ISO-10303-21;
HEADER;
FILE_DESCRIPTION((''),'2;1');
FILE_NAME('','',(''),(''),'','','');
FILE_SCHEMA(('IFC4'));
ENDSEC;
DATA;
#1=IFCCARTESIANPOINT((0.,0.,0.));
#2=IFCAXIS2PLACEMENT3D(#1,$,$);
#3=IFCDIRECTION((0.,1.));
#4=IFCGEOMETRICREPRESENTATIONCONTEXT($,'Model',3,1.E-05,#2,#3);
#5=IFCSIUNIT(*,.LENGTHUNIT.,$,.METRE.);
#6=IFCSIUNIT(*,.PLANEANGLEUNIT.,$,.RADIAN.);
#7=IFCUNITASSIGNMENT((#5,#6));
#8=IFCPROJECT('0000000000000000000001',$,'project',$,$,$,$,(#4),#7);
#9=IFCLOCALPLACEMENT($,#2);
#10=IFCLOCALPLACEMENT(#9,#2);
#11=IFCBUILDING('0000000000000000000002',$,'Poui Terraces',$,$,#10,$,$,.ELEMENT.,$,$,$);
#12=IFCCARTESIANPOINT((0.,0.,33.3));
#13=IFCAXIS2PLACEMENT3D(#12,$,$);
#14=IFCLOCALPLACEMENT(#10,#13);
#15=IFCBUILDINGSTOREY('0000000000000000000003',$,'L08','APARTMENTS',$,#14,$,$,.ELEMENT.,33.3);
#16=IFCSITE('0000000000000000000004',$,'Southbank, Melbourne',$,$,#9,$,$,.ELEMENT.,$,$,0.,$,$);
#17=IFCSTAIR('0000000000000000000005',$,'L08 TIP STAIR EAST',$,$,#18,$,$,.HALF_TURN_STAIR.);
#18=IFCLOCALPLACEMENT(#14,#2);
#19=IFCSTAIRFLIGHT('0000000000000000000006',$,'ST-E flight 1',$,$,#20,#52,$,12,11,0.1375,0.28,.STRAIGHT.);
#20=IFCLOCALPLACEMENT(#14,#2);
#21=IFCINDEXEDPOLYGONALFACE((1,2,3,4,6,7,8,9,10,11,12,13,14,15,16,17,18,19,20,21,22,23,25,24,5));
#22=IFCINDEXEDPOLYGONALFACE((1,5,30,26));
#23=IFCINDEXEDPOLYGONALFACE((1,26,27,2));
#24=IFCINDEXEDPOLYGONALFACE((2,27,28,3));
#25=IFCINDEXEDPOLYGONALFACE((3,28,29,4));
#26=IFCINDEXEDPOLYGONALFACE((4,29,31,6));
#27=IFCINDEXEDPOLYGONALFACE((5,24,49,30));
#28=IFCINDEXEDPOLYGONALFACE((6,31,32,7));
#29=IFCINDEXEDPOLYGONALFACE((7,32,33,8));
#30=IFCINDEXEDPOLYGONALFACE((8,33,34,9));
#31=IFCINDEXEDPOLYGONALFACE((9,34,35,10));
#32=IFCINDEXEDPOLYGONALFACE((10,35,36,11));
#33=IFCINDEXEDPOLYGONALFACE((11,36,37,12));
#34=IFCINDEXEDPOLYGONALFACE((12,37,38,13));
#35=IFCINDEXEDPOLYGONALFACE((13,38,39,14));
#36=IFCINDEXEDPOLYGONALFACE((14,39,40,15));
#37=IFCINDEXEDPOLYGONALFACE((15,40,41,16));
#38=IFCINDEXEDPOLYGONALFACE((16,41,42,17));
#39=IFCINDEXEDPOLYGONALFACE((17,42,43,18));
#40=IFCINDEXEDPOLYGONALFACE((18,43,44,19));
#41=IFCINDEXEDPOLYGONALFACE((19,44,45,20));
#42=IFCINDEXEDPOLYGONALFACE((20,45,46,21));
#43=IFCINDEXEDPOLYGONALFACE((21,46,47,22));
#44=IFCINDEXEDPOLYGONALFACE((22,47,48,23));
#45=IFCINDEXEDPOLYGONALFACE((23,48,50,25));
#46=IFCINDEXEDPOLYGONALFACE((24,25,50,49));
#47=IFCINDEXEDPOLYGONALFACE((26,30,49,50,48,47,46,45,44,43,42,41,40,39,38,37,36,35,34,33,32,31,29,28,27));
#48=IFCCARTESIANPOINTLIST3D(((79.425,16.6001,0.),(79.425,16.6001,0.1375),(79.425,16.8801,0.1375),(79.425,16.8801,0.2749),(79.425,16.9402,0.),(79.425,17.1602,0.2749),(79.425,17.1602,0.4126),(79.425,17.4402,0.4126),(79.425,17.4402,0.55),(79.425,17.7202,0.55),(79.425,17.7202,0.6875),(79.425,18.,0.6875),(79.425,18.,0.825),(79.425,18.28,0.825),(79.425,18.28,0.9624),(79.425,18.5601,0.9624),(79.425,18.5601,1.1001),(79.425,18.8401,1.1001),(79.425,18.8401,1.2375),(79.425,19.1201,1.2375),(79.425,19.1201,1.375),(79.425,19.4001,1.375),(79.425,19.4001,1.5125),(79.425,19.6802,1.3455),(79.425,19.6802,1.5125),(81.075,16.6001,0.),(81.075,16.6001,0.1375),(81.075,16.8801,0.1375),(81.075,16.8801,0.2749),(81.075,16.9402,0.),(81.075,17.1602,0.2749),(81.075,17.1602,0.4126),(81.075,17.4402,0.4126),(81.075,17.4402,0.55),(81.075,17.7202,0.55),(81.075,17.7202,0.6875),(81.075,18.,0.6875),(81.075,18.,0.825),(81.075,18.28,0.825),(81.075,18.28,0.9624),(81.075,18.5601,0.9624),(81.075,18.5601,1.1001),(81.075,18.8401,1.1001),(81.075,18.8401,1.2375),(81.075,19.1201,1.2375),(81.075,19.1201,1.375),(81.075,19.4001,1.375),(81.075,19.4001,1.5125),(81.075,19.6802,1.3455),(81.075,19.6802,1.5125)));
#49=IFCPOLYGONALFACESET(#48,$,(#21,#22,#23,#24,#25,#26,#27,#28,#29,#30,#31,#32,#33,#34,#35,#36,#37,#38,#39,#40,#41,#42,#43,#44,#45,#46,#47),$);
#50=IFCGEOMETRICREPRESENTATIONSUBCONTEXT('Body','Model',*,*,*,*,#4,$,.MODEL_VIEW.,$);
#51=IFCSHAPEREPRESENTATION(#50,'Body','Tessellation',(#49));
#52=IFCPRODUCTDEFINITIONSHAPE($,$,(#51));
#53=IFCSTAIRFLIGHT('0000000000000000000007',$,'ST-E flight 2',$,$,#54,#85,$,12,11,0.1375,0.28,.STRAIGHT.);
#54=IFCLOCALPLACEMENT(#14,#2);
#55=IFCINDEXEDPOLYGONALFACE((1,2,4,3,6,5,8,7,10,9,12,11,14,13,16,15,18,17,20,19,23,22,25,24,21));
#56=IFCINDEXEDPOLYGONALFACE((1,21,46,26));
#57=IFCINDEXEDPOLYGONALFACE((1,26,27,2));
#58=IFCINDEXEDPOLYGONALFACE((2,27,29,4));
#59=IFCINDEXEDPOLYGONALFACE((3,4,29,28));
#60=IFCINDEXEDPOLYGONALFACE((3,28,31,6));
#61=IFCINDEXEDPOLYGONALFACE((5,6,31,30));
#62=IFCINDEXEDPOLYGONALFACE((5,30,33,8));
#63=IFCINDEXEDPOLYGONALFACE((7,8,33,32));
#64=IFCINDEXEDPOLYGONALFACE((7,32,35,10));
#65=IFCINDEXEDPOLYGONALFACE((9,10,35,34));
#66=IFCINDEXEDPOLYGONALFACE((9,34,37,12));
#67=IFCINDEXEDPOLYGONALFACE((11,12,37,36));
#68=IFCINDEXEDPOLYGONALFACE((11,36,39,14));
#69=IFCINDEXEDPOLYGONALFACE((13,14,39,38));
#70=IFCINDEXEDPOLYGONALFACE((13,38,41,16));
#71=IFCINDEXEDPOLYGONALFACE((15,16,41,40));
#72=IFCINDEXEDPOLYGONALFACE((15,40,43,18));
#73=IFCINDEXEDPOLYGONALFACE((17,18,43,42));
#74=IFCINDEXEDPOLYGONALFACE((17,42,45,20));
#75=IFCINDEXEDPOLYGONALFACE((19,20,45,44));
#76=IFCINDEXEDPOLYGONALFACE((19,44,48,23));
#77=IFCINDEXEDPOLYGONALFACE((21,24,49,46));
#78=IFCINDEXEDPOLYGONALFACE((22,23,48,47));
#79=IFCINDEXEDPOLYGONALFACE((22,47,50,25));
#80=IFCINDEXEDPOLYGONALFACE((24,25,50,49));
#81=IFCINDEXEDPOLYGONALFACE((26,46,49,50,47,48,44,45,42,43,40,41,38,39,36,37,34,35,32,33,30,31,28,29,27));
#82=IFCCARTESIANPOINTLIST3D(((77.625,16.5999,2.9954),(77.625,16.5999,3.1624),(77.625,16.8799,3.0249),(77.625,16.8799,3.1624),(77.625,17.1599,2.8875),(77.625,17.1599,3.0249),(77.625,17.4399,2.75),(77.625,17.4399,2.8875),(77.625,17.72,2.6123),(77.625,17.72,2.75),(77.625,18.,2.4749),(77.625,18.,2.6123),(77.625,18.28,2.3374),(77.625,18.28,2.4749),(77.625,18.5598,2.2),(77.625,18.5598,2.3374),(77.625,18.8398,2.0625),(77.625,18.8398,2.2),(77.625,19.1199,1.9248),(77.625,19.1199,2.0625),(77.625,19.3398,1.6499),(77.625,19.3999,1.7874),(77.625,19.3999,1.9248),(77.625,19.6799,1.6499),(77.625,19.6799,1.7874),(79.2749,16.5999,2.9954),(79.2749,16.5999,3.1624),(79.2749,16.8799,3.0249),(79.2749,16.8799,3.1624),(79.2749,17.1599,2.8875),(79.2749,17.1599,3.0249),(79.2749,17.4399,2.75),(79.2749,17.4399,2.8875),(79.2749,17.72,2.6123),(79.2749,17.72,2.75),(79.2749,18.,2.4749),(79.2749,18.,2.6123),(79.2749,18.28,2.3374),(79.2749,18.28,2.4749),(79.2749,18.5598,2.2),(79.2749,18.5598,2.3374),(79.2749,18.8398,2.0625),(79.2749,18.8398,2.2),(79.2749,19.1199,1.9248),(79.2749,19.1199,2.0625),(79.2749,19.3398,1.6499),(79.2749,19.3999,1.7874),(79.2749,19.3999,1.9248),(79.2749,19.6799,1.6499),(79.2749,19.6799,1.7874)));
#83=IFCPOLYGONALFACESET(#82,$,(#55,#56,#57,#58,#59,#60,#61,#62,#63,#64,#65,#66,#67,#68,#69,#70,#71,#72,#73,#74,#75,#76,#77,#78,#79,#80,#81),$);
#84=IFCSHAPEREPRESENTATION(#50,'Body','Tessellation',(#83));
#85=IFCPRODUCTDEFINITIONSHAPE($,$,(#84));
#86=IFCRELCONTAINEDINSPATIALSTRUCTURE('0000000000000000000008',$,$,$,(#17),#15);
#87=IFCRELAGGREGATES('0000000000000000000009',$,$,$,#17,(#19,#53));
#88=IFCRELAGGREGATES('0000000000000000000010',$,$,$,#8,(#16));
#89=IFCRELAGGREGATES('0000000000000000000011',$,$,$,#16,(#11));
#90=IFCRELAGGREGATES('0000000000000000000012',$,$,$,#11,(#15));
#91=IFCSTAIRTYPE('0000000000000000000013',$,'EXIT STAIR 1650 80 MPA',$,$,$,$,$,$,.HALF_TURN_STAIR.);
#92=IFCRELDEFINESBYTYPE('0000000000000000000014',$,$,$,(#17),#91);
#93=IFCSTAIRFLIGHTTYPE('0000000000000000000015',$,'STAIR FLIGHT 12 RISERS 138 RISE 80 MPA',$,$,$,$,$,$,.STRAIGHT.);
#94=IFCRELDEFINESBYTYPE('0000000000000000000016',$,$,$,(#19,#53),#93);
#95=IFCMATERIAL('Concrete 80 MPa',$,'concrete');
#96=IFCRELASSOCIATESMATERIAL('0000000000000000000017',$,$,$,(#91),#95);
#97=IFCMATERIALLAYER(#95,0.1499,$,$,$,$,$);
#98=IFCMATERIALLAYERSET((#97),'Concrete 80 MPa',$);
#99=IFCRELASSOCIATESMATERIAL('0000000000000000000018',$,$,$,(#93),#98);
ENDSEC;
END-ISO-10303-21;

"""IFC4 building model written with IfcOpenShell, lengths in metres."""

from ifc_helpers import new_model, si_unit, direction, frame, origin, place, context, subcontext, project, spatial, polyline, outline, extrude, material, layer, layer_set, type_object, element, aggregate, save


model = new_model("IFC4")

# Units and contexts
model_context = context("Model", 3, precision=1e-05, world=origin(), true_north=direction((0.0, 1.0)))
body_context = subcontext(model_context, "Body", "Model", "MODEL_VIEW")
ifc_project = project(units=[si_unit("LENGTHUNIT", "METRE"), si_unit("PLANEANGLEUNIT", "RADIAN")], contexts=[model_context])

# Site, building, storey
site_placement = place(None, origin())
site = spatial("IfcSite", under=ifc_project, at=site_placement, Name="Southbank, Melbourne", CompositionType="ELEMENT", RefElevation=0.0)
building_placement = place(site_placement, origin())
building = spatial("IfcBuilding", under=site, at=building_placement, Name="Poui Terraces", CompositionType="ELEMENT")
storey_placement = place(building_placement, frame((0.0, 0.0, 33.3)))
storey = spatial("IfcBuildingStorey", under=building, at=storey_placement, Name="L08", Description="APARTMENTS", CompositionType="ELEMENT", Elevation=33.3)

# Shared definitions
ifc_material_1 = material(Name="Concrete 80 MPa", Category="concrete")

# Stair, stair flights
stair_type = type_object("IfcStairType", Name="EXIT STAIR 1650 80 MPA", PredefinedType="HALF_TURN_STAIR", material=ifc_material_1)
stair_placement = place(storey_placement, origin())
stair = element("IfcStair", 1, at=stair_placement, inside=storey, type_object=stair_type, Name="L08 TIP STAIR EAST", PredefinedType="HALF_TURN_STAIR")
ifc_layer_1 = layer(ifc_material_1, 0.1499)
ifc_layer_set_1 = layer_set([ifc_layer_1], Name="Concrete 80 MPa")
stair_flight_type = type_object("IfcStairFlightType", Name="STAIR FLIGHT 12 RISERS 138 RISE 80 MPA", PredefinedType="STRAIGHT", material=ifc_layer_set_1)
stair_flight_1_placement = place(storey_placement, frame((80.25, 16.6001, 0.0), z_axis=(0.0, 0.0, 1.0), x_axis=(0.0, 1.0, 0.0)))
stair_flight_1 = element("IfcStairFlight", 2, at=stair_flight_1_placement, type_object=stair_flight_type, Name="ST-E flight 1", NumberOfRisers=12, NumberOfTreads=11, PredefinedType="STRAIGHT", RiserHeight=0.1375, TreadLength=0.28, context=body_context, shape_type="SweptSolid", body=[
    extrude(outline(polyline([(0.0, 0.0), (0.0, 0.1375), (0.28, 0.1375), (0.28, 0.2749), (0.5601, 0.2749), (0.5601, 0.4126), (0.8401, 0.4126), (0.8401, 0.55), (1.1201, 0.55), (1.1201, 0.6875), (1.3999, 0.6875), (1.3999, 0.825), (1.6799, 0.825), (1.6799, 0.9624), (1.96, 0.9624), (1.96, 1.1001), (2.24, 1.1001), (2.24, 1.2375), (2.52, 1.2375), (2.52, 1.375), (2.8, 1.375), (2.8, 1.5125), (3.0801, 1.5125), (3.0801, 1.6499), (3.0801, 1.3455), (0.3401, 0.0), (0.0, 0.0)])), frame((0.0, 0.825, 0.0), z_axis=(0.0, -1.0, 0.0), x_axis=(1.0, 0.0, 0.0)), (0.0, 0.0, 1.0), 1.6499),
])
stair_flight_2_placement = place(storey_placement, frame((78.45, 19.6799, 1.6499), z_axis=(0.0, 0.0, 1.0), x_axis=(0.0, -1.0, 0.0)))
stair_flight_2 = element("IfcStairFlight", 3, at=stair_flight_2_placement, type_object=stair_flight_type, Name="ST-E flight 2", NumberOfRisers=12, NumberOfTreads=11, PredefinedType="STRAIGHT", RiserHeight=0.1375, TreadLength=0.28, context=body_context, shape_type="SweptSolid", body=[
    extrude(outline(polyline([(0.0, 0.0), (0.0, 0.1375), (0.28, 0.1375), (0.28, 0.2749), (0.5601, 0.2749), (0.5601, 0.4126), (0.8401, 0.4126), (0.8401, 0.55), (1.1201, 0.55), (1.1201, 0.6875), (1.3999, 0.6875), (1.3999, 0.825), (1.6799, 0.825), (1.6799, 0.9624), (1.96, 0.9624), (1.96, 1.1001), (2.24, 1.1001), (2.24, 1.2375), (2.52, 1.2375), (2.52, 1.375), (2.8, 1.375), (2.8, 1.5125), (3.0801, 1.5125), (3.0801, 1.6499), (3.0801, 1.3455), (0.3401, 0.0), (0.0, 0.0)])), frame((0.0, 0.825, 0.0), z_axis=(0.0, -1.0, 0.0), x_axis=(1.0, 0.0, 0.0)), (0.0, 0.0, 1.0), 1.6499),
])
aggregate(stair, [stair_flight_1, stair_flight_2])

save(model, "model.ifc")
